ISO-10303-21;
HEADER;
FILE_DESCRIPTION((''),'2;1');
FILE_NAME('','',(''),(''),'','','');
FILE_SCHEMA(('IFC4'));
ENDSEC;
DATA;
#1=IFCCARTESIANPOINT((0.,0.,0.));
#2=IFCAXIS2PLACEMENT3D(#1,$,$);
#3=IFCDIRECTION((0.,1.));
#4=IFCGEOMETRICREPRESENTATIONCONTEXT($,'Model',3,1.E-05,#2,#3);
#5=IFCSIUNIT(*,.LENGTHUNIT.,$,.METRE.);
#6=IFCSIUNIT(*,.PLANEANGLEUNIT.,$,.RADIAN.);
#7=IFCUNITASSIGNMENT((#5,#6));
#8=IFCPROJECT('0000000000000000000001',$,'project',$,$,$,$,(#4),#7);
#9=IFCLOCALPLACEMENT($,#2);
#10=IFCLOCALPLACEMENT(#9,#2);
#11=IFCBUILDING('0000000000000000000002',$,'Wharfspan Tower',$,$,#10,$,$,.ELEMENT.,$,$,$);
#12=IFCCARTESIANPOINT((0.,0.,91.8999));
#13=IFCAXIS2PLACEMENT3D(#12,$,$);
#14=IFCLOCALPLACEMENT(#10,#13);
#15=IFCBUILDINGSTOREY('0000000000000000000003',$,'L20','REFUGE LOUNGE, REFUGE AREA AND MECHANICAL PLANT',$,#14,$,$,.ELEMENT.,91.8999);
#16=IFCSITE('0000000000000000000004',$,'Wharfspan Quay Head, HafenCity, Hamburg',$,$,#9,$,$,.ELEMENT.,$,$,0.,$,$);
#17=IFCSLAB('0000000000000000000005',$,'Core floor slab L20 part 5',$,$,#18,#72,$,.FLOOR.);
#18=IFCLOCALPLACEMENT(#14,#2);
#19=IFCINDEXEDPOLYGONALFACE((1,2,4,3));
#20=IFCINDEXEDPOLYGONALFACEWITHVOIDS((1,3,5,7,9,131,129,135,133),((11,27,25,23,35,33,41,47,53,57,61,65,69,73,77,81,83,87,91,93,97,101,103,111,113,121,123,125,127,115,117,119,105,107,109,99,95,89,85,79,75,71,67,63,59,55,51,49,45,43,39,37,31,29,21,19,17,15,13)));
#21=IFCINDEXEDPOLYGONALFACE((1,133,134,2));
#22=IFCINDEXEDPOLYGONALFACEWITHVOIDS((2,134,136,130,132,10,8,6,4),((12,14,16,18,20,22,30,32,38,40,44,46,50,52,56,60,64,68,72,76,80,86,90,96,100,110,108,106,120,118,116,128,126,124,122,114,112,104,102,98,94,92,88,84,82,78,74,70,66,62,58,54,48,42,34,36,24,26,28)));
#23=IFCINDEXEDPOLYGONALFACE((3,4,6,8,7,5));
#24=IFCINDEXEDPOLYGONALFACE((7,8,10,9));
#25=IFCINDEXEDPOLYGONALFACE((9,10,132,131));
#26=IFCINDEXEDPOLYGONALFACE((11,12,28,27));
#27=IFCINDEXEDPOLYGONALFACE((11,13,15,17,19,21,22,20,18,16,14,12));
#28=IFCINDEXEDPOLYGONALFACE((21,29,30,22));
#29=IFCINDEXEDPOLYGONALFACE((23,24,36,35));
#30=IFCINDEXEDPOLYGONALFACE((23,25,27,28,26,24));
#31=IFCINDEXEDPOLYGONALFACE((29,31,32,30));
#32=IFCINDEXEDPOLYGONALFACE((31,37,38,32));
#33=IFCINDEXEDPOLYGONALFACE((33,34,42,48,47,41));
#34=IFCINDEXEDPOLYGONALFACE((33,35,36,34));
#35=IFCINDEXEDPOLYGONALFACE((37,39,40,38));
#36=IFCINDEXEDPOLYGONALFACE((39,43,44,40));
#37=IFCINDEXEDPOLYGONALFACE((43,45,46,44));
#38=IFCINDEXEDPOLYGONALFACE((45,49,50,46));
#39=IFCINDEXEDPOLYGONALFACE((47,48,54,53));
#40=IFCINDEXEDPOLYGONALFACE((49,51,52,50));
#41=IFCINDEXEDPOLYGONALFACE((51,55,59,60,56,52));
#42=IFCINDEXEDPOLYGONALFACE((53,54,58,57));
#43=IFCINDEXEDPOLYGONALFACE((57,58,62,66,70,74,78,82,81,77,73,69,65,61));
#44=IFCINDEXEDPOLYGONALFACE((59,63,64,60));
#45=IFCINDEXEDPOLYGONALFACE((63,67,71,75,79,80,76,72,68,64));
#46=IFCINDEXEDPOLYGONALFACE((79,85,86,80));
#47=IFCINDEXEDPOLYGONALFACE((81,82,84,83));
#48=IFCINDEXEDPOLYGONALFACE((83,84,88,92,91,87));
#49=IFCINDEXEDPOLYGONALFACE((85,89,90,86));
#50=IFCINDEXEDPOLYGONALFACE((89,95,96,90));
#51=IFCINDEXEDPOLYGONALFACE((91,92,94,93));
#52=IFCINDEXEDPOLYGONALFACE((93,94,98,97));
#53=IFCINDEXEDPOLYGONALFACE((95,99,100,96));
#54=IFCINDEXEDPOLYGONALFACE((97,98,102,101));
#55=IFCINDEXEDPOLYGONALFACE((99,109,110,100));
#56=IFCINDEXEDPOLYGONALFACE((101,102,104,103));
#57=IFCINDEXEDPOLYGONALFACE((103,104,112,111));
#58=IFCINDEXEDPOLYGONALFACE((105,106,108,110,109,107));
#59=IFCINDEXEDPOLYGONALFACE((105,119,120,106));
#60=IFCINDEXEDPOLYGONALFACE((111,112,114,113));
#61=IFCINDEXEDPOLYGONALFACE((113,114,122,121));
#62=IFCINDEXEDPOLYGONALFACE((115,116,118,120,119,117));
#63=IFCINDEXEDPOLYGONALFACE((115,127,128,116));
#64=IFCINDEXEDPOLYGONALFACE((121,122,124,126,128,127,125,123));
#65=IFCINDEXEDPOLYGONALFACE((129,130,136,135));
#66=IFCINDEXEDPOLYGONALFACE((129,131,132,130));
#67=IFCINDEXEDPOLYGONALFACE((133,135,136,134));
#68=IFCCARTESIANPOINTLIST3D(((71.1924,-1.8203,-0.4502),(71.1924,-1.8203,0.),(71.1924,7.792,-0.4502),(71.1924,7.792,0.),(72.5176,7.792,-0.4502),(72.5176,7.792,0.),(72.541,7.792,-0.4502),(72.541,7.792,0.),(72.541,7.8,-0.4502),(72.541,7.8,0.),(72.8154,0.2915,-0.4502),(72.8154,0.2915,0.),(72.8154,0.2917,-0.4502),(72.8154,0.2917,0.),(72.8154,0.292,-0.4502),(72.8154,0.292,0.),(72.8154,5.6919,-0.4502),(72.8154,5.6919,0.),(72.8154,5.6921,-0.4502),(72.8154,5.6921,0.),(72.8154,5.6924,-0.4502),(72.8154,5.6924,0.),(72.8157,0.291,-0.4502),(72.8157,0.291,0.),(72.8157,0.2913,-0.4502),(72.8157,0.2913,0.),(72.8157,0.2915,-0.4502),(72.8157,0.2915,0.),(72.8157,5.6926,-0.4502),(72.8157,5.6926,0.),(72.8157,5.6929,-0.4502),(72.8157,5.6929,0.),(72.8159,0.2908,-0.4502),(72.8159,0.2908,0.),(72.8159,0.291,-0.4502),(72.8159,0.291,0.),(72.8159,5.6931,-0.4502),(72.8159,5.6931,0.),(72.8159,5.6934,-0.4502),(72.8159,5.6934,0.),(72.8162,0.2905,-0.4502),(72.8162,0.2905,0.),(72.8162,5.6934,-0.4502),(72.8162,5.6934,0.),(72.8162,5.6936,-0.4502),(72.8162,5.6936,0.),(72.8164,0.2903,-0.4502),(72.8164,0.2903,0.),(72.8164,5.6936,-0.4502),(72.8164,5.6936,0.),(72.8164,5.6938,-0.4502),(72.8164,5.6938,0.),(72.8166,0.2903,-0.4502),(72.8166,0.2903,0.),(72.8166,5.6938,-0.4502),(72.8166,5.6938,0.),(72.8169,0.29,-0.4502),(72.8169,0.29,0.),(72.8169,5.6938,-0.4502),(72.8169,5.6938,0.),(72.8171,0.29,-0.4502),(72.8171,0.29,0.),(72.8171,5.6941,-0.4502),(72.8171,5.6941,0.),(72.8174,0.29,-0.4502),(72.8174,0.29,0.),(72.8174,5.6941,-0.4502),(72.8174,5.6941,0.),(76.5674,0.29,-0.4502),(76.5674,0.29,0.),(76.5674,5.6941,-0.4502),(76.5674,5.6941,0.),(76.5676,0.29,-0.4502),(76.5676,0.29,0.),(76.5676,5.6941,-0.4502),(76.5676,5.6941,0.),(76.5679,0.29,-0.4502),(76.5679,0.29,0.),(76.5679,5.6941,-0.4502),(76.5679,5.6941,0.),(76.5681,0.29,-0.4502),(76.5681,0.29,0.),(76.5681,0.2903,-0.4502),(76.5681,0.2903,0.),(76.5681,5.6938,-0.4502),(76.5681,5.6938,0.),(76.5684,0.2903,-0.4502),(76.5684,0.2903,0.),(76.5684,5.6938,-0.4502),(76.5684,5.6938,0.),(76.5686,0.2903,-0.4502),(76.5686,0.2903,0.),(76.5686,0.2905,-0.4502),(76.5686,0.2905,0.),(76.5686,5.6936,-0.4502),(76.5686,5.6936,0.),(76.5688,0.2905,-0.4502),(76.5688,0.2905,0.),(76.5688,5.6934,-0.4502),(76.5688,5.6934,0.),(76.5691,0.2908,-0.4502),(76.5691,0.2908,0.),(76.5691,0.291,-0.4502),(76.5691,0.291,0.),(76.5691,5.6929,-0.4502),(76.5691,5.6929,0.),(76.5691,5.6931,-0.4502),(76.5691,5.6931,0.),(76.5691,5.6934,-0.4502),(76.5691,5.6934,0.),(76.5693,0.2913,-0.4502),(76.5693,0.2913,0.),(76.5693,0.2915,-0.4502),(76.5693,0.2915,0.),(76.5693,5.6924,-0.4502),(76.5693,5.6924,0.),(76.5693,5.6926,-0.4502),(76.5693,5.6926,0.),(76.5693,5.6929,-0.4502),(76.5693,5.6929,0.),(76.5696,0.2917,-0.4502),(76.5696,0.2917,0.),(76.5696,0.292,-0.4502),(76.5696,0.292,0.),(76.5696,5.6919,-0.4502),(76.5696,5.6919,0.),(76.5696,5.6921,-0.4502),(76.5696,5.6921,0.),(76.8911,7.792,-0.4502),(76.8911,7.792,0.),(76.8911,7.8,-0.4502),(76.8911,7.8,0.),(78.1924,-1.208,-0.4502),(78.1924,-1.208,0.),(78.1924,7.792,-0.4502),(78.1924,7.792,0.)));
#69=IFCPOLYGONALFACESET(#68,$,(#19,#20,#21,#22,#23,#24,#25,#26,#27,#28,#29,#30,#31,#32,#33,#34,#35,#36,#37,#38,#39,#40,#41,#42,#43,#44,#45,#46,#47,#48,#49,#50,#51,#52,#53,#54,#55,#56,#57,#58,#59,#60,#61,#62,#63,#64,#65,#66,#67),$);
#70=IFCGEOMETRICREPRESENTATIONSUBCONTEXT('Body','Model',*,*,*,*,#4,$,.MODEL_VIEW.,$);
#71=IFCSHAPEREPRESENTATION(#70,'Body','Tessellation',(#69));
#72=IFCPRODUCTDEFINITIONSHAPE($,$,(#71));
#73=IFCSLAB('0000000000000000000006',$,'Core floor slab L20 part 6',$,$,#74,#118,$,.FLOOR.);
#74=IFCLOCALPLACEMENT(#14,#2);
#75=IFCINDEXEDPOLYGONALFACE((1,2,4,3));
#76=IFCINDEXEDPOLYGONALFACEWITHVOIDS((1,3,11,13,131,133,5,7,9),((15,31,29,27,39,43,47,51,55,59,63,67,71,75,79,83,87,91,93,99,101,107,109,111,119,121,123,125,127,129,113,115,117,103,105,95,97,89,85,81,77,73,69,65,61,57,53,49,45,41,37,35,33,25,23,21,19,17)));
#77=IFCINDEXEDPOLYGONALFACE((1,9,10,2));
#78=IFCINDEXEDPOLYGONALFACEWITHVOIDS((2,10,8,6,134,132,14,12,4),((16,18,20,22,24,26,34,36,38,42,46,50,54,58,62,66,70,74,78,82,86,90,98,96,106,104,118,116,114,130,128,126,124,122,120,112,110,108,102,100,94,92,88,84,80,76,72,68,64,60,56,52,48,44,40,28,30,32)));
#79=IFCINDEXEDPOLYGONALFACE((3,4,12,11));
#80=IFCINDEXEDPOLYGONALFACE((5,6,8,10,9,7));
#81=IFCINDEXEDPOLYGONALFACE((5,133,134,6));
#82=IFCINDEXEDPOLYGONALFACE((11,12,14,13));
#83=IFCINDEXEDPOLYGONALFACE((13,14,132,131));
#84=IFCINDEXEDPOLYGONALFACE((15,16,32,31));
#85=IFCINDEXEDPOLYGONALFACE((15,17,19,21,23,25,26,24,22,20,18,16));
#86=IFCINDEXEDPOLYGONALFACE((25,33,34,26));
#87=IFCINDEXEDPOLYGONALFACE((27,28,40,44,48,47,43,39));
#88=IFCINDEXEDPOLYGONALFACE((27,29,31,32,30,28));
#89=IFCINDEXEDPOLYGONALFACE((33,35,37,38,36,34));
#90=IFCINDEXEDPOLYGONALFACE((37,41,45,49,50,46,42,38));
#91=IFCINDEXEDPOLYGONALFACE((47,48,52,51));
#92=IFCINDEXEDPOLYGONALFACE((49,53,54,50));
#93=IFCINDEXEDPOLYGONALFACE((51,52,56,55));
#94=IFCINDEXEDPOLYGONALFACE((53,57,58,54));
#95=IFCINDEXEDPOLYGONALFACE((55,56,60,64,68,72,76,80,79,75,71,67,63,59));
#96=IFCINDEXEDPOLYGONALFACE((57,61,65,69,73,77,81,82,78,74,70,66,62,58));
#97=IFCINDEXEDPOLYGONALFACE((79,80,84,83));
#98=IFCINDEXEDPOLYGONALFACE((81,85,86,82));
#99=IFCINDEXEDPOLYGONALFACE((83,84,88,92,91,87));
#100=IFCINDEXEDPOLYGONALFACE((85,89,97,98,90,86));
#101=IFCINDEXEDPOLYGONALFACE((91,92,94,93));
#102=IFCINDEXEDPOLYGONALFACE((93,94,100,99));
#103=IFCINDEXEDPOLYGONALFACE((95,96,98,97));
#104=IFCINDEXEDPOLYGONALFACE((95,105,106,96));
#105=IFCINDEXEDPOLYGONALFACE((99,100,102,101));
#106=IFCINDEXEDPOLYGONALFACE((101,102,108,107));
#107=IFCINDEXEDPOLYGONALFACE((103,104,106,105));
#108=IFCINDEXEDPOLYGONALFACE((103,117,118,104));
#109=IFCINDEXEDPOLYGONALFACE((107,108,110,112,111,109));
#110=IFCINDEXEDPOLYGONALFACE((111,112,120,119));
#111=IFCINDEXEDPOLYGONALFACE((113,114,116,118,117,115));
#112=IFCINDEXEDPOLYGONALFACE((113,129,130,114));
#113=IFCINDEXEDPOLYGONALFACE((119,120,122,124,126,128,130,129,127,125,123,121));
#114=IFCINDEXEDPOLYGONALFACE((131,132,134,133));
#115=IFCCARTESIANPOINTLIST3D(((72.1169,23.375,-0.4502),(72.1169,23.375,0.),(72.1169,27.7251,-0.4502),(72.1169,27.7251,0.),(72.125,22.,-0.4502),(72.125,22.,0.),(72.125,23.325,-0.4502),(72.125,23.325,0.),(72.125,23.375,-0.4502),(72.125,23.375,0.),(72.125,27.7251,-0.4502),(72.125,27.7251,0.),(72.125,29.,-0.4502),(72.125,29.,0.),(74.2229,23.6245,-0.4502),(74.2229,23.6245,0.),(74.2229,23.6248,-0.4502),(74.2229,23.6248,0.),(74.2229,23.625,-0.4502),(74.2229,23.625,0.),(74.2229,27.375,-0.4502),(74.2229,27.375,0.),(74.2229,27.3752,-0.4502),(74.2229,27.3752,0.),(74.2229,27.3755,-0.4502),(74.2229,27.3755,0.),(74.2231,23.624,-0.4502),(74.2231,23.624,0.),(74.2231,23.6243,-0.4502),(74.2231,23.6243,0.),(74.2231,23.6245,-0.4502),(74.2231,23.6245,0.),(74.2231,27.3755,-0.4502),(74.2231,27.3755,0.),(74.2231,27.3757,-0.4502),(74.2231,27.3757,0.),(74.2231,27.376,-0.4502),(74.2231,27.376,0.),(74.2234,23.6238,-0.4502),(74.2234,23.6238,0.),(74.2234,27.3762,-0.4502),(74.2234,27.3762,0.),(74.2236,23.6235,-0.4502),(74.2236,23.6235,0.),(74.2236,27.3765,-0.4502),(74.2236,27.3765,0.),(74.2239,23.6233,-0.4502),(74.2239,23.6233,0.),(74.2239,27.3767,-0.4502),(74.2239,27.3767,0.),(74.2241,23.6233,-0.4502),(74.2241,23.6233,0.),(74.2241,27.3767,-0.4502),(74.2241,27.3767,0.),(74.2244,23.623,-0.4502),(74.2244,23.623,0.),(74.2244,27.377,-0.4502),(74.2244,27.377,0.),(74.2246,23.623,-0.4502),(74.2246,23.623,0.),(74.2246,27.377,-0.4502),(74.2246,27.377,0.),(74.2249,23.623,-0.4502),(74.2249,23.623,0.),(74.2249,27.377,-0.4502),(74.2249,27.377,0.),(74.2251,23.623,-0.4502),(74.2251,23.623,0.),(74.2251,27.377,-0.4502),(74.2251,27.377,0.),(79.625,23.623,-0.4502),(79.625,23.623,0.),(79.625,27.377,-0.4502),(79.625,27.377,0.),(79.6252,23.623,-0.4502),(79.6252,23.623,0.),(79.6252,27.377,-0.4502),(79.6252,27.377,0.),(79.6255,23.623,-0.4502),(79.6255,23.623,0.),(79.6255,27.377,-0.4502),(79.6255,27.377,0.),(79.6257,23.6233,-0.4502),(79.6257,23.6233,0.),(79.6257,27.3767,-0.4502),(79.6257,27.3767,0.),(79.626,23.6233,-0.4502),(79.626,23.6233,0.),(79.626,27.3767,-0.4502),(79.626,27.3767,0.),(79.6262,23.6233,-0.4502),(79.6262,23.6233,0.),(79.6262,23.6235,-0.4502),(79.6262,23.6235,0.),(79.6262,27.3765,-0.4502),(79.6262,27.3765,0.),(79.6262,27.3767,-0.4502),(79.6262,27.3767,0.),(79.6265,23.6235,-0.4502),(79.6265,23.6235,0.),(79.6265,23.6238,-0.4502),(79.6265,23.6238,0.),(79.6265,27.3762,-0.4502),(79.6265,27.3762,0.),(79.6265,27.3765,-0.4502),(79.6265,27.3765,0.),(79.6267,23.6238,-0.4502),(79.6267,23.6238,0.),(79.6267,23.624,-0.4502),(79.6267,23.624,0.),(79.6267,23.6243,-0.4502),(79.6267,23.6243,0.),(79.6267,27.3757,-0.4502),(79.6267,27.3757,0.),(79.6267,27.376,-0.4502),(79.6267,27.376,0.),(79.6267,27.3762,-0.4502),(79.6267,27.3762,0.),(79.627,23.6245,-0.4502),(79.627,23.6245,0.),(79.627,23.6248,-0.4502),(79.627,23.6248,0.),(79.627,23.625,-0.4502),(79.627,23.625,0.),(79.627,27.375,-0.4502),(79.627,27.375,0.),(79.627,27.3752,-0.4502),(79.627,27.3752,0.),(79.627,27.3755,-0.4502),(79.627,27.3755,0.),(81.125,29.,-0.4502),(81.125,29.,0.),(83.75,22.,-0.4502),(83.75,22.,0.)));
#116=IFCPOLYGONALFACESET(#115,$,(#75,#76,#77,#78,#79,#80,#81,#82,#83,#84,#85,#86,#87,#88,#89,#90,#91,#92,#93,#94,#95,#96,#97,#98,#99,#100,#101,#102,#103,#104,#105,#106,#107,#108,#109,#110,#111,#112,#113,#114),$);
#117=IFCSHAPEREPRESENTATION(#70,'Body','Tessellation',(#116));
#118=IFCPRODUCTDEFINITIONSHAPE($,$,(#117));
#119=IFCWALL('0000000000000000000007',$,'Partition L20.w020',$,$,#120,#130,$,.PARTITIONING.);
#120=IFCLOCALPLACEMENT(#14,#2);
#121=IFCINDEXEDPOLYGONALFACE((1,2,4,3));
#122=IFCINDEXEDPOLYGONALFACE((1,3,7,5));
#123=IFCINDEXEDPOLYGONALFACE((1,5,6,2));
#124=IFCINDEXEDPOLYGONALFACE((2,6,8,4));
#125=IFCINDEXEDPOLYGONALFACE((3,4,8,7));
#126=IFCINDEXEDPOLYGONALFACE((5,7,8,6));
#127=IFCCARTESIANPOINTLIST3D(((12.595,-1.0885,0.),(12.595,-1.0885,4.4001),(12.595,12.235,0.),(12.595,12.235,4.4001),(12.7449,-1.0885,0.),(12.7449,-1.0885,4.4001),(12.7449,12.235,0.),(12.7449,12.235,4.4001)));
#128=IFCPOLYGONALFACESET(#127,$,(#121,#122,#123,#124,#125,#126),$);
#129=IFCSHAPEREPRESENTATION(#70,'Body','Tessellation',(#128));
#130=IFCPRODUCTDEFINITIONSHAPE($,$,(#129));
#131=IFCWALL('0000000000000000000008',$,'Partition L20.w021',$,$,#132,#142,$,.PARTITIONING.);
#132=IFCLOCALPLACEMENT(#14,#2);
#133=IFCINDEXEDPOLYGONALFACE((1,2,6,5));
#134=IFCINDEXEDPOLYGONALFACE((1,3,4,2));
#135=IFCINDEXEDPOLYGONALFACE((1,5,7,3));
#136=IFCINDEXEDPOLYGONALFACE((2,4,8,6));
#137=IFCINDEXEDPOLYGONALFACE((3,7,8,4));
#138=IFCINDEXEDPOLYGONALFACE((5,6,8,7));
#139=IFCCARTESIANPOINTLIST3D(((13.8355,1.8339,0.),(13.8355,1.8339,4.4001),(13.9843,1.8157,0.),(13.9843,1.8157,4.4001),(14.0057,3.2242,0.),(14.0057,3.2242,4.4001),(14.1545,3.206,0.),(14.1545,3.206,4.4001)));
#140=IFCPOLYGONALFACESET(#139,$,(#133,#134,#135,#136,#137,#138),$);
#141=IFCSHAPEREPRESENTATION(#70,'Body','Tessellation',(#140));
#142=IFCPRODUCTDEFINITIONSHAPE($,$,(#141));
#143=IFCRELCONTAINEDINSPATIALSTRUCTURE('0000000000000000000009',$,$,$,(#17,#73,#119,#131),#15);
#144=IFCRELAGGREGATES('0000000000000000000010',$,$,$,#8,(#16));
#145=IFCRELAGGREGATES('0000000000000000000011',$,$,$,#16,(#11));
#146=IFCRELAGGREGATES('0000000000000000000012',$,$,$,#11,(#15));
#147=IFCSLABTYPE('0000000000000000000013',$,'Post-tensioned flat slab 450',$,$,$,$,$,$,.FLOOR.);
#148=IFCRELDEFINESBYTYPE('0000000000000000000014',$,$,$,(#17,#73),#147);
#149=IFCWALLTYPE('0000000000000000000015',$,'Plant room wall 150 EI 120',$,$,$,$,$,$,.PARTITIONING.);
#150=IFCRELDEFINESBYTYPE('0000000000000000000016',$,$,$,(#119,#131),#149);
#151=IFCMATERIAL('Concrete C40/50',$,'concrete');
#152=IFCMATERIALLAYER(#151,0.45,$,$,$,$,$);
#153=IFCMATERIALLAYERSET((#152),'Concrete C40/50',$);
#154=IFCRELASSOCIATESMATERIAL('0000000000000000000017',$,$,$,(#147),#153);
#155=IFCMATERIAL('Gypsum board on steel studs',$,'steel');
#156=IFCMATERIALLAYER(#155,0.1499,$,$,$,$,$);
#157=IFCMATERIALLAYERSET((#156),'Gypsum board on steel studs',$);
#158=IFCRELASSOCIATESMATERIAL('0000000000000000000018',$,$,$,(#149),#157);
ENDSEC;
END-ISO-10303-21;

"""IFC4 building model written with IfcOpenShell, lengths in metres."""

from ifc_helpers import new_model, si_unit, direction, frame, frame_2d, origin, place, context, subcontext, project, spatial, polyline, rectangle, outline, extrude, material, layer, layer_set, type_object, element, save


model = new_model("IFC4")

# Units and contexts
model_context = context("Model", 3, precision=1e-05, world=origin(), true_north=direction((0.0, 1.0)))
body_context = subcontext(model_context, "Body", "Model", "MODEL_VIEW")
ifc_project = project(units=[si_unit("LENGTHUNIT", "METRE"), si_unit("PLANEANGLEUNIT", "RADIAN")], contexts=[model_context])

# Site, building, storey
site_placement = place(None, origin())
site = spatial("IfcSite", under=ifc_project, at=site_placement, Name="Wharfspan Quay Head, HafenCity, Hamburg", CompositionType="ELEMENT", RefElevation=0.0)
building_placement = place(site_placement, origin())
building = spatial("IfcBuilding", under=site, at=building_placement, Name="Wharfspan Tower", CompositionType="ELEMENT")
storey_placement = place(building_placement, frame((0.0, 0.0, 91.8999)))
storey = spatial("IfcBuildingStorey", under=building, at=storey_placement, Name="L20", Description="REFUGE LOUNGE, REFUGE AREA AND MECHANICAL PLANT", CompositionType="ELEMENT", Elevation=91.8999)

# Slabs
ifc_material_1 = material(Name="Concrete C40/50", Category="concrete")
ifc_layer_1 = layer(ifc_material_1, 0.45)
ifc_layer_set_1 = layer_set([ifc_layer_1], Name="Concrete C40/50")
slab_type = type_object("IfcSlabType", Name="Post-tensioned flat slab 450", PredefinedType="FLOOR", material=ifc_layer_set_1)
slab_1_placement = place(storey_placement, frame((0.0, 0.0, -0.4502)))
element("IfcSlab", 1, at=slab_1_placement, inside=storey, type_object=slab_type, Name="Core floor slab L20 part 5", PredefinedType="FLOOR", context=body_context, shape_type="SweptSolid", body=[
    extrude(outline(polyline([(76.8911, 7.8), (72.541, 7.8), (72.541, 7.792), (72.5176, 7.792), (71.1924, 7.792), (71.1924, -1.8203), (78.1924, -1.208), (78.1924, 7.792), (76.8911, 7.792), (76.8911, 7.8)]), holes=[polyline([(76.5674, 5.6941), (76.5676, 5.6941), (76.5679, 5.6941), (76.5681, 5.6938), (76.5681, 5.6938), (76.5684, 5.6938), (76.5686, 5.6936), (76.5686, 5.6936), (76.5688, 5.6934), (76.5691, 5.6934), (76.5691, 5.6931), (76.5691, 5.6929), (76.5693, 5.6929), (76.5693, 5.6926), (76.5693, 5.6924), (76.5696, 5.6921), (76.5696, 5.6919), (76.5696, 0.292), (76.5696, 0.2917), (76.5693, 0.2915), (76.5693, 0.2915), (76.5693, 0.2913), (76.5691, 0.291), (76.5691, 0.291), (76.5691, 0.2908), (76.5688, 0.2905), (76.5686, 0.2905), (76.5686, 0.2903), (76.5684, 0.2903), (76.5681, 0.2903), (76.5681, 0.29), (76.5679, 0.29), (76.5676, 0.29), (76.5674, 0.29), (72.8174, 0.29), (72.8174, 0.29), (72.8171, 0.29), (72.8169, 0.29), (72.8166, 0.2903), (72.8164, 0.2903), (72.8164, 0.2903), (72.8162, 0.2905), (72.8162, 0.2905), (72.8159, 0.2908), (72.8159, 0.291), (72.8157, 0.291), (72.8157, 0.2913), (72.8157, 0.2915), (72.8154, 0.2915), (72.8154, 0.2917), (72.8154, 0.292), (72.8154, 5.6919), (72.8154, 5.6921), (72.8154, 5.6924), (72.8157, 5.6926), (72.8157, 5.6929), (72.8157, 5.6929), (72.8159, 5.6931), (72.8159, 5.6934), (72.8162, 5.6934), (72.8162, 5.6936), (72.8164, 5.6936), (72.8164, 5.6938), (72.8166, 5.6938), (72.8169, 5.6938), (72.8171, 5.6941), (72.8174, 5.6941), (72.8174, 5.6941), (76.5674, 5.6941)])]), origin(), (0.0, 0.0, 1.0), 0.4502),
])
slab_2_placement = place(storey_placement, frame((0.0, 0.0, -0.4502)))
element("IfcSlab", 2, at=slab_2_placement, inside=storey, type_object=slab_type, Name="Core floor slab L20 part 6", PredefinedType="FLOOR", context=body_context, shape_type="SweptSolid", body=[
    extrude(outline(polyline([(83.75, 22.0), (81.125, 29.0), (72.125, 29.0), (72.125, 27.7251), (72.1169, 27.7251), (72.1169, 23.375), (72.125, 23.375), (72.125, 23.325), (72.125, 22.0), (83.75, 22.0)]), holes=[polyline([(74.2229, 27.375), (74.2229, 27.3752), (74.2229, 27.3755), (74.2231, 27.3755), (74.2231, 27.3757), (74.2231, 27.376), (74.2234, 27.3762), (74.2234, 27.3762), (74.2236, 27.3765), (74.2236, 27.3765), (74.2239, 27.3767), (74.2241, 27.3767), (74.2241, 27.3767), (74.2244, 27.377), (74.2246, 27.377), (74.2249, 27.377), (74.2251, 27.377), (79.625, 27.377), (79.6252, 27.377), (79.6255, 27.377), (79.6255, 27.377), (79.6257, 27.3767), (79.626, 27.3767), (79.6262, 27.3767), (79.6262, 27.3765), (79.6265, 27.3765), (79.6265, 27.3762), (79.6267, 27.3762), (79.6267, 27.376), (79.6267, 27.3757), (79.627, 27.3755), (79.627, 27.3755), (79.627, 27.3752), (79.627, 27.375), (79.627, 23.625), (79.627, 23.6248), (79.627, 23.6245), (79.627, 23.6245), (79.6267, 23.6243), (79.6267, 23.624), (79.6267, 23.6238), (79.6265, 23.6238), (79.6265, 23.6235), (79.6262, 23.6235), (79.6262, 23.6233), (79.626, 23.6233), (79.6257, 23.6233), (79.6255, 23.623), (79.6255, 23.623), (79.6252, 23.623), (79.625, 23.623), (74.2251, 23.623), (74.2249, 23.623), (74.2246, 23.623), (74.2244, 23.623), (74.2241, 23.6233), (74.2241, 23.6233), (74.2239, 23.6233), (74.2236, 23.6235), (74.2236, 23.6235), (74.2234, 23.6238), (74.2234, 23.6238), (74.2231, 23.624), (74.2231, 23.6243), (74.2231, 23.6245), (74.2229, 23.6245), (74.2229, 23.6248), (74.2229, 23.625), (74.2229, 27.375)])]), origin(), (0.0, 0.0, 1.0), 0.4502),
])

# Walls
ifc_material_2 = material(Name="Gypsum board on steel studs", Category="steel")
ifc_layer_2 = layer(ifc_material_2, 0.1499)
ifc_layer_set_2 = layer_set([ifc_layer_2], Name="Gypsum board on steel studs")
wall_type = type_object("IfcWallType", Name="Plant room wall 150 EI 120", PredefinedType="PARTITIONING", material=ifc_layer_set_2)
wall_1_placement = place(storey_placement, frame((12.6699, -1.0884, 0.0), z_axis=(0.0, 0.0, 1.0), x_axis=(0.0, 1.0, 0.0)))
element("IfcWall", 3, at=wall_1_placement, inside=storey, type_object=wall_type, Name="Partition L20.w020", PredefinedType="PARTITIONING", context=body_context, shape_type="SweptSolid", body=[
    extrude(rectangle(XDim=13.3235, YDim=0.1499, at=frame_2d((6.6616, 0.0))), origin(), (0.0, 0.0, 1.0), 4.4001),
])
wall_2_placement = place(storey_placement, frame((13.9099, 1.825, 0.0), z_axis=(0.0, 0.0, 1.0), x_axis=(0.121503, 0.992594, 0.0)))
element("IfcWall", 4, at=wall_2_placement, inside=storey, type_object=wall_type, Name="Partition L20.w021", PredefinedType="PARTITIONING", context=body_context, shape_type="SweptSolid", body=[
    extrude(rectangle(XDim=1.4006, YDim=0.1499, at=frame_2d((0.7002, 0.0))), origin(), (0.0, 0.0, 1.0), 4.4001),
])

save(model, "model.ifc")
